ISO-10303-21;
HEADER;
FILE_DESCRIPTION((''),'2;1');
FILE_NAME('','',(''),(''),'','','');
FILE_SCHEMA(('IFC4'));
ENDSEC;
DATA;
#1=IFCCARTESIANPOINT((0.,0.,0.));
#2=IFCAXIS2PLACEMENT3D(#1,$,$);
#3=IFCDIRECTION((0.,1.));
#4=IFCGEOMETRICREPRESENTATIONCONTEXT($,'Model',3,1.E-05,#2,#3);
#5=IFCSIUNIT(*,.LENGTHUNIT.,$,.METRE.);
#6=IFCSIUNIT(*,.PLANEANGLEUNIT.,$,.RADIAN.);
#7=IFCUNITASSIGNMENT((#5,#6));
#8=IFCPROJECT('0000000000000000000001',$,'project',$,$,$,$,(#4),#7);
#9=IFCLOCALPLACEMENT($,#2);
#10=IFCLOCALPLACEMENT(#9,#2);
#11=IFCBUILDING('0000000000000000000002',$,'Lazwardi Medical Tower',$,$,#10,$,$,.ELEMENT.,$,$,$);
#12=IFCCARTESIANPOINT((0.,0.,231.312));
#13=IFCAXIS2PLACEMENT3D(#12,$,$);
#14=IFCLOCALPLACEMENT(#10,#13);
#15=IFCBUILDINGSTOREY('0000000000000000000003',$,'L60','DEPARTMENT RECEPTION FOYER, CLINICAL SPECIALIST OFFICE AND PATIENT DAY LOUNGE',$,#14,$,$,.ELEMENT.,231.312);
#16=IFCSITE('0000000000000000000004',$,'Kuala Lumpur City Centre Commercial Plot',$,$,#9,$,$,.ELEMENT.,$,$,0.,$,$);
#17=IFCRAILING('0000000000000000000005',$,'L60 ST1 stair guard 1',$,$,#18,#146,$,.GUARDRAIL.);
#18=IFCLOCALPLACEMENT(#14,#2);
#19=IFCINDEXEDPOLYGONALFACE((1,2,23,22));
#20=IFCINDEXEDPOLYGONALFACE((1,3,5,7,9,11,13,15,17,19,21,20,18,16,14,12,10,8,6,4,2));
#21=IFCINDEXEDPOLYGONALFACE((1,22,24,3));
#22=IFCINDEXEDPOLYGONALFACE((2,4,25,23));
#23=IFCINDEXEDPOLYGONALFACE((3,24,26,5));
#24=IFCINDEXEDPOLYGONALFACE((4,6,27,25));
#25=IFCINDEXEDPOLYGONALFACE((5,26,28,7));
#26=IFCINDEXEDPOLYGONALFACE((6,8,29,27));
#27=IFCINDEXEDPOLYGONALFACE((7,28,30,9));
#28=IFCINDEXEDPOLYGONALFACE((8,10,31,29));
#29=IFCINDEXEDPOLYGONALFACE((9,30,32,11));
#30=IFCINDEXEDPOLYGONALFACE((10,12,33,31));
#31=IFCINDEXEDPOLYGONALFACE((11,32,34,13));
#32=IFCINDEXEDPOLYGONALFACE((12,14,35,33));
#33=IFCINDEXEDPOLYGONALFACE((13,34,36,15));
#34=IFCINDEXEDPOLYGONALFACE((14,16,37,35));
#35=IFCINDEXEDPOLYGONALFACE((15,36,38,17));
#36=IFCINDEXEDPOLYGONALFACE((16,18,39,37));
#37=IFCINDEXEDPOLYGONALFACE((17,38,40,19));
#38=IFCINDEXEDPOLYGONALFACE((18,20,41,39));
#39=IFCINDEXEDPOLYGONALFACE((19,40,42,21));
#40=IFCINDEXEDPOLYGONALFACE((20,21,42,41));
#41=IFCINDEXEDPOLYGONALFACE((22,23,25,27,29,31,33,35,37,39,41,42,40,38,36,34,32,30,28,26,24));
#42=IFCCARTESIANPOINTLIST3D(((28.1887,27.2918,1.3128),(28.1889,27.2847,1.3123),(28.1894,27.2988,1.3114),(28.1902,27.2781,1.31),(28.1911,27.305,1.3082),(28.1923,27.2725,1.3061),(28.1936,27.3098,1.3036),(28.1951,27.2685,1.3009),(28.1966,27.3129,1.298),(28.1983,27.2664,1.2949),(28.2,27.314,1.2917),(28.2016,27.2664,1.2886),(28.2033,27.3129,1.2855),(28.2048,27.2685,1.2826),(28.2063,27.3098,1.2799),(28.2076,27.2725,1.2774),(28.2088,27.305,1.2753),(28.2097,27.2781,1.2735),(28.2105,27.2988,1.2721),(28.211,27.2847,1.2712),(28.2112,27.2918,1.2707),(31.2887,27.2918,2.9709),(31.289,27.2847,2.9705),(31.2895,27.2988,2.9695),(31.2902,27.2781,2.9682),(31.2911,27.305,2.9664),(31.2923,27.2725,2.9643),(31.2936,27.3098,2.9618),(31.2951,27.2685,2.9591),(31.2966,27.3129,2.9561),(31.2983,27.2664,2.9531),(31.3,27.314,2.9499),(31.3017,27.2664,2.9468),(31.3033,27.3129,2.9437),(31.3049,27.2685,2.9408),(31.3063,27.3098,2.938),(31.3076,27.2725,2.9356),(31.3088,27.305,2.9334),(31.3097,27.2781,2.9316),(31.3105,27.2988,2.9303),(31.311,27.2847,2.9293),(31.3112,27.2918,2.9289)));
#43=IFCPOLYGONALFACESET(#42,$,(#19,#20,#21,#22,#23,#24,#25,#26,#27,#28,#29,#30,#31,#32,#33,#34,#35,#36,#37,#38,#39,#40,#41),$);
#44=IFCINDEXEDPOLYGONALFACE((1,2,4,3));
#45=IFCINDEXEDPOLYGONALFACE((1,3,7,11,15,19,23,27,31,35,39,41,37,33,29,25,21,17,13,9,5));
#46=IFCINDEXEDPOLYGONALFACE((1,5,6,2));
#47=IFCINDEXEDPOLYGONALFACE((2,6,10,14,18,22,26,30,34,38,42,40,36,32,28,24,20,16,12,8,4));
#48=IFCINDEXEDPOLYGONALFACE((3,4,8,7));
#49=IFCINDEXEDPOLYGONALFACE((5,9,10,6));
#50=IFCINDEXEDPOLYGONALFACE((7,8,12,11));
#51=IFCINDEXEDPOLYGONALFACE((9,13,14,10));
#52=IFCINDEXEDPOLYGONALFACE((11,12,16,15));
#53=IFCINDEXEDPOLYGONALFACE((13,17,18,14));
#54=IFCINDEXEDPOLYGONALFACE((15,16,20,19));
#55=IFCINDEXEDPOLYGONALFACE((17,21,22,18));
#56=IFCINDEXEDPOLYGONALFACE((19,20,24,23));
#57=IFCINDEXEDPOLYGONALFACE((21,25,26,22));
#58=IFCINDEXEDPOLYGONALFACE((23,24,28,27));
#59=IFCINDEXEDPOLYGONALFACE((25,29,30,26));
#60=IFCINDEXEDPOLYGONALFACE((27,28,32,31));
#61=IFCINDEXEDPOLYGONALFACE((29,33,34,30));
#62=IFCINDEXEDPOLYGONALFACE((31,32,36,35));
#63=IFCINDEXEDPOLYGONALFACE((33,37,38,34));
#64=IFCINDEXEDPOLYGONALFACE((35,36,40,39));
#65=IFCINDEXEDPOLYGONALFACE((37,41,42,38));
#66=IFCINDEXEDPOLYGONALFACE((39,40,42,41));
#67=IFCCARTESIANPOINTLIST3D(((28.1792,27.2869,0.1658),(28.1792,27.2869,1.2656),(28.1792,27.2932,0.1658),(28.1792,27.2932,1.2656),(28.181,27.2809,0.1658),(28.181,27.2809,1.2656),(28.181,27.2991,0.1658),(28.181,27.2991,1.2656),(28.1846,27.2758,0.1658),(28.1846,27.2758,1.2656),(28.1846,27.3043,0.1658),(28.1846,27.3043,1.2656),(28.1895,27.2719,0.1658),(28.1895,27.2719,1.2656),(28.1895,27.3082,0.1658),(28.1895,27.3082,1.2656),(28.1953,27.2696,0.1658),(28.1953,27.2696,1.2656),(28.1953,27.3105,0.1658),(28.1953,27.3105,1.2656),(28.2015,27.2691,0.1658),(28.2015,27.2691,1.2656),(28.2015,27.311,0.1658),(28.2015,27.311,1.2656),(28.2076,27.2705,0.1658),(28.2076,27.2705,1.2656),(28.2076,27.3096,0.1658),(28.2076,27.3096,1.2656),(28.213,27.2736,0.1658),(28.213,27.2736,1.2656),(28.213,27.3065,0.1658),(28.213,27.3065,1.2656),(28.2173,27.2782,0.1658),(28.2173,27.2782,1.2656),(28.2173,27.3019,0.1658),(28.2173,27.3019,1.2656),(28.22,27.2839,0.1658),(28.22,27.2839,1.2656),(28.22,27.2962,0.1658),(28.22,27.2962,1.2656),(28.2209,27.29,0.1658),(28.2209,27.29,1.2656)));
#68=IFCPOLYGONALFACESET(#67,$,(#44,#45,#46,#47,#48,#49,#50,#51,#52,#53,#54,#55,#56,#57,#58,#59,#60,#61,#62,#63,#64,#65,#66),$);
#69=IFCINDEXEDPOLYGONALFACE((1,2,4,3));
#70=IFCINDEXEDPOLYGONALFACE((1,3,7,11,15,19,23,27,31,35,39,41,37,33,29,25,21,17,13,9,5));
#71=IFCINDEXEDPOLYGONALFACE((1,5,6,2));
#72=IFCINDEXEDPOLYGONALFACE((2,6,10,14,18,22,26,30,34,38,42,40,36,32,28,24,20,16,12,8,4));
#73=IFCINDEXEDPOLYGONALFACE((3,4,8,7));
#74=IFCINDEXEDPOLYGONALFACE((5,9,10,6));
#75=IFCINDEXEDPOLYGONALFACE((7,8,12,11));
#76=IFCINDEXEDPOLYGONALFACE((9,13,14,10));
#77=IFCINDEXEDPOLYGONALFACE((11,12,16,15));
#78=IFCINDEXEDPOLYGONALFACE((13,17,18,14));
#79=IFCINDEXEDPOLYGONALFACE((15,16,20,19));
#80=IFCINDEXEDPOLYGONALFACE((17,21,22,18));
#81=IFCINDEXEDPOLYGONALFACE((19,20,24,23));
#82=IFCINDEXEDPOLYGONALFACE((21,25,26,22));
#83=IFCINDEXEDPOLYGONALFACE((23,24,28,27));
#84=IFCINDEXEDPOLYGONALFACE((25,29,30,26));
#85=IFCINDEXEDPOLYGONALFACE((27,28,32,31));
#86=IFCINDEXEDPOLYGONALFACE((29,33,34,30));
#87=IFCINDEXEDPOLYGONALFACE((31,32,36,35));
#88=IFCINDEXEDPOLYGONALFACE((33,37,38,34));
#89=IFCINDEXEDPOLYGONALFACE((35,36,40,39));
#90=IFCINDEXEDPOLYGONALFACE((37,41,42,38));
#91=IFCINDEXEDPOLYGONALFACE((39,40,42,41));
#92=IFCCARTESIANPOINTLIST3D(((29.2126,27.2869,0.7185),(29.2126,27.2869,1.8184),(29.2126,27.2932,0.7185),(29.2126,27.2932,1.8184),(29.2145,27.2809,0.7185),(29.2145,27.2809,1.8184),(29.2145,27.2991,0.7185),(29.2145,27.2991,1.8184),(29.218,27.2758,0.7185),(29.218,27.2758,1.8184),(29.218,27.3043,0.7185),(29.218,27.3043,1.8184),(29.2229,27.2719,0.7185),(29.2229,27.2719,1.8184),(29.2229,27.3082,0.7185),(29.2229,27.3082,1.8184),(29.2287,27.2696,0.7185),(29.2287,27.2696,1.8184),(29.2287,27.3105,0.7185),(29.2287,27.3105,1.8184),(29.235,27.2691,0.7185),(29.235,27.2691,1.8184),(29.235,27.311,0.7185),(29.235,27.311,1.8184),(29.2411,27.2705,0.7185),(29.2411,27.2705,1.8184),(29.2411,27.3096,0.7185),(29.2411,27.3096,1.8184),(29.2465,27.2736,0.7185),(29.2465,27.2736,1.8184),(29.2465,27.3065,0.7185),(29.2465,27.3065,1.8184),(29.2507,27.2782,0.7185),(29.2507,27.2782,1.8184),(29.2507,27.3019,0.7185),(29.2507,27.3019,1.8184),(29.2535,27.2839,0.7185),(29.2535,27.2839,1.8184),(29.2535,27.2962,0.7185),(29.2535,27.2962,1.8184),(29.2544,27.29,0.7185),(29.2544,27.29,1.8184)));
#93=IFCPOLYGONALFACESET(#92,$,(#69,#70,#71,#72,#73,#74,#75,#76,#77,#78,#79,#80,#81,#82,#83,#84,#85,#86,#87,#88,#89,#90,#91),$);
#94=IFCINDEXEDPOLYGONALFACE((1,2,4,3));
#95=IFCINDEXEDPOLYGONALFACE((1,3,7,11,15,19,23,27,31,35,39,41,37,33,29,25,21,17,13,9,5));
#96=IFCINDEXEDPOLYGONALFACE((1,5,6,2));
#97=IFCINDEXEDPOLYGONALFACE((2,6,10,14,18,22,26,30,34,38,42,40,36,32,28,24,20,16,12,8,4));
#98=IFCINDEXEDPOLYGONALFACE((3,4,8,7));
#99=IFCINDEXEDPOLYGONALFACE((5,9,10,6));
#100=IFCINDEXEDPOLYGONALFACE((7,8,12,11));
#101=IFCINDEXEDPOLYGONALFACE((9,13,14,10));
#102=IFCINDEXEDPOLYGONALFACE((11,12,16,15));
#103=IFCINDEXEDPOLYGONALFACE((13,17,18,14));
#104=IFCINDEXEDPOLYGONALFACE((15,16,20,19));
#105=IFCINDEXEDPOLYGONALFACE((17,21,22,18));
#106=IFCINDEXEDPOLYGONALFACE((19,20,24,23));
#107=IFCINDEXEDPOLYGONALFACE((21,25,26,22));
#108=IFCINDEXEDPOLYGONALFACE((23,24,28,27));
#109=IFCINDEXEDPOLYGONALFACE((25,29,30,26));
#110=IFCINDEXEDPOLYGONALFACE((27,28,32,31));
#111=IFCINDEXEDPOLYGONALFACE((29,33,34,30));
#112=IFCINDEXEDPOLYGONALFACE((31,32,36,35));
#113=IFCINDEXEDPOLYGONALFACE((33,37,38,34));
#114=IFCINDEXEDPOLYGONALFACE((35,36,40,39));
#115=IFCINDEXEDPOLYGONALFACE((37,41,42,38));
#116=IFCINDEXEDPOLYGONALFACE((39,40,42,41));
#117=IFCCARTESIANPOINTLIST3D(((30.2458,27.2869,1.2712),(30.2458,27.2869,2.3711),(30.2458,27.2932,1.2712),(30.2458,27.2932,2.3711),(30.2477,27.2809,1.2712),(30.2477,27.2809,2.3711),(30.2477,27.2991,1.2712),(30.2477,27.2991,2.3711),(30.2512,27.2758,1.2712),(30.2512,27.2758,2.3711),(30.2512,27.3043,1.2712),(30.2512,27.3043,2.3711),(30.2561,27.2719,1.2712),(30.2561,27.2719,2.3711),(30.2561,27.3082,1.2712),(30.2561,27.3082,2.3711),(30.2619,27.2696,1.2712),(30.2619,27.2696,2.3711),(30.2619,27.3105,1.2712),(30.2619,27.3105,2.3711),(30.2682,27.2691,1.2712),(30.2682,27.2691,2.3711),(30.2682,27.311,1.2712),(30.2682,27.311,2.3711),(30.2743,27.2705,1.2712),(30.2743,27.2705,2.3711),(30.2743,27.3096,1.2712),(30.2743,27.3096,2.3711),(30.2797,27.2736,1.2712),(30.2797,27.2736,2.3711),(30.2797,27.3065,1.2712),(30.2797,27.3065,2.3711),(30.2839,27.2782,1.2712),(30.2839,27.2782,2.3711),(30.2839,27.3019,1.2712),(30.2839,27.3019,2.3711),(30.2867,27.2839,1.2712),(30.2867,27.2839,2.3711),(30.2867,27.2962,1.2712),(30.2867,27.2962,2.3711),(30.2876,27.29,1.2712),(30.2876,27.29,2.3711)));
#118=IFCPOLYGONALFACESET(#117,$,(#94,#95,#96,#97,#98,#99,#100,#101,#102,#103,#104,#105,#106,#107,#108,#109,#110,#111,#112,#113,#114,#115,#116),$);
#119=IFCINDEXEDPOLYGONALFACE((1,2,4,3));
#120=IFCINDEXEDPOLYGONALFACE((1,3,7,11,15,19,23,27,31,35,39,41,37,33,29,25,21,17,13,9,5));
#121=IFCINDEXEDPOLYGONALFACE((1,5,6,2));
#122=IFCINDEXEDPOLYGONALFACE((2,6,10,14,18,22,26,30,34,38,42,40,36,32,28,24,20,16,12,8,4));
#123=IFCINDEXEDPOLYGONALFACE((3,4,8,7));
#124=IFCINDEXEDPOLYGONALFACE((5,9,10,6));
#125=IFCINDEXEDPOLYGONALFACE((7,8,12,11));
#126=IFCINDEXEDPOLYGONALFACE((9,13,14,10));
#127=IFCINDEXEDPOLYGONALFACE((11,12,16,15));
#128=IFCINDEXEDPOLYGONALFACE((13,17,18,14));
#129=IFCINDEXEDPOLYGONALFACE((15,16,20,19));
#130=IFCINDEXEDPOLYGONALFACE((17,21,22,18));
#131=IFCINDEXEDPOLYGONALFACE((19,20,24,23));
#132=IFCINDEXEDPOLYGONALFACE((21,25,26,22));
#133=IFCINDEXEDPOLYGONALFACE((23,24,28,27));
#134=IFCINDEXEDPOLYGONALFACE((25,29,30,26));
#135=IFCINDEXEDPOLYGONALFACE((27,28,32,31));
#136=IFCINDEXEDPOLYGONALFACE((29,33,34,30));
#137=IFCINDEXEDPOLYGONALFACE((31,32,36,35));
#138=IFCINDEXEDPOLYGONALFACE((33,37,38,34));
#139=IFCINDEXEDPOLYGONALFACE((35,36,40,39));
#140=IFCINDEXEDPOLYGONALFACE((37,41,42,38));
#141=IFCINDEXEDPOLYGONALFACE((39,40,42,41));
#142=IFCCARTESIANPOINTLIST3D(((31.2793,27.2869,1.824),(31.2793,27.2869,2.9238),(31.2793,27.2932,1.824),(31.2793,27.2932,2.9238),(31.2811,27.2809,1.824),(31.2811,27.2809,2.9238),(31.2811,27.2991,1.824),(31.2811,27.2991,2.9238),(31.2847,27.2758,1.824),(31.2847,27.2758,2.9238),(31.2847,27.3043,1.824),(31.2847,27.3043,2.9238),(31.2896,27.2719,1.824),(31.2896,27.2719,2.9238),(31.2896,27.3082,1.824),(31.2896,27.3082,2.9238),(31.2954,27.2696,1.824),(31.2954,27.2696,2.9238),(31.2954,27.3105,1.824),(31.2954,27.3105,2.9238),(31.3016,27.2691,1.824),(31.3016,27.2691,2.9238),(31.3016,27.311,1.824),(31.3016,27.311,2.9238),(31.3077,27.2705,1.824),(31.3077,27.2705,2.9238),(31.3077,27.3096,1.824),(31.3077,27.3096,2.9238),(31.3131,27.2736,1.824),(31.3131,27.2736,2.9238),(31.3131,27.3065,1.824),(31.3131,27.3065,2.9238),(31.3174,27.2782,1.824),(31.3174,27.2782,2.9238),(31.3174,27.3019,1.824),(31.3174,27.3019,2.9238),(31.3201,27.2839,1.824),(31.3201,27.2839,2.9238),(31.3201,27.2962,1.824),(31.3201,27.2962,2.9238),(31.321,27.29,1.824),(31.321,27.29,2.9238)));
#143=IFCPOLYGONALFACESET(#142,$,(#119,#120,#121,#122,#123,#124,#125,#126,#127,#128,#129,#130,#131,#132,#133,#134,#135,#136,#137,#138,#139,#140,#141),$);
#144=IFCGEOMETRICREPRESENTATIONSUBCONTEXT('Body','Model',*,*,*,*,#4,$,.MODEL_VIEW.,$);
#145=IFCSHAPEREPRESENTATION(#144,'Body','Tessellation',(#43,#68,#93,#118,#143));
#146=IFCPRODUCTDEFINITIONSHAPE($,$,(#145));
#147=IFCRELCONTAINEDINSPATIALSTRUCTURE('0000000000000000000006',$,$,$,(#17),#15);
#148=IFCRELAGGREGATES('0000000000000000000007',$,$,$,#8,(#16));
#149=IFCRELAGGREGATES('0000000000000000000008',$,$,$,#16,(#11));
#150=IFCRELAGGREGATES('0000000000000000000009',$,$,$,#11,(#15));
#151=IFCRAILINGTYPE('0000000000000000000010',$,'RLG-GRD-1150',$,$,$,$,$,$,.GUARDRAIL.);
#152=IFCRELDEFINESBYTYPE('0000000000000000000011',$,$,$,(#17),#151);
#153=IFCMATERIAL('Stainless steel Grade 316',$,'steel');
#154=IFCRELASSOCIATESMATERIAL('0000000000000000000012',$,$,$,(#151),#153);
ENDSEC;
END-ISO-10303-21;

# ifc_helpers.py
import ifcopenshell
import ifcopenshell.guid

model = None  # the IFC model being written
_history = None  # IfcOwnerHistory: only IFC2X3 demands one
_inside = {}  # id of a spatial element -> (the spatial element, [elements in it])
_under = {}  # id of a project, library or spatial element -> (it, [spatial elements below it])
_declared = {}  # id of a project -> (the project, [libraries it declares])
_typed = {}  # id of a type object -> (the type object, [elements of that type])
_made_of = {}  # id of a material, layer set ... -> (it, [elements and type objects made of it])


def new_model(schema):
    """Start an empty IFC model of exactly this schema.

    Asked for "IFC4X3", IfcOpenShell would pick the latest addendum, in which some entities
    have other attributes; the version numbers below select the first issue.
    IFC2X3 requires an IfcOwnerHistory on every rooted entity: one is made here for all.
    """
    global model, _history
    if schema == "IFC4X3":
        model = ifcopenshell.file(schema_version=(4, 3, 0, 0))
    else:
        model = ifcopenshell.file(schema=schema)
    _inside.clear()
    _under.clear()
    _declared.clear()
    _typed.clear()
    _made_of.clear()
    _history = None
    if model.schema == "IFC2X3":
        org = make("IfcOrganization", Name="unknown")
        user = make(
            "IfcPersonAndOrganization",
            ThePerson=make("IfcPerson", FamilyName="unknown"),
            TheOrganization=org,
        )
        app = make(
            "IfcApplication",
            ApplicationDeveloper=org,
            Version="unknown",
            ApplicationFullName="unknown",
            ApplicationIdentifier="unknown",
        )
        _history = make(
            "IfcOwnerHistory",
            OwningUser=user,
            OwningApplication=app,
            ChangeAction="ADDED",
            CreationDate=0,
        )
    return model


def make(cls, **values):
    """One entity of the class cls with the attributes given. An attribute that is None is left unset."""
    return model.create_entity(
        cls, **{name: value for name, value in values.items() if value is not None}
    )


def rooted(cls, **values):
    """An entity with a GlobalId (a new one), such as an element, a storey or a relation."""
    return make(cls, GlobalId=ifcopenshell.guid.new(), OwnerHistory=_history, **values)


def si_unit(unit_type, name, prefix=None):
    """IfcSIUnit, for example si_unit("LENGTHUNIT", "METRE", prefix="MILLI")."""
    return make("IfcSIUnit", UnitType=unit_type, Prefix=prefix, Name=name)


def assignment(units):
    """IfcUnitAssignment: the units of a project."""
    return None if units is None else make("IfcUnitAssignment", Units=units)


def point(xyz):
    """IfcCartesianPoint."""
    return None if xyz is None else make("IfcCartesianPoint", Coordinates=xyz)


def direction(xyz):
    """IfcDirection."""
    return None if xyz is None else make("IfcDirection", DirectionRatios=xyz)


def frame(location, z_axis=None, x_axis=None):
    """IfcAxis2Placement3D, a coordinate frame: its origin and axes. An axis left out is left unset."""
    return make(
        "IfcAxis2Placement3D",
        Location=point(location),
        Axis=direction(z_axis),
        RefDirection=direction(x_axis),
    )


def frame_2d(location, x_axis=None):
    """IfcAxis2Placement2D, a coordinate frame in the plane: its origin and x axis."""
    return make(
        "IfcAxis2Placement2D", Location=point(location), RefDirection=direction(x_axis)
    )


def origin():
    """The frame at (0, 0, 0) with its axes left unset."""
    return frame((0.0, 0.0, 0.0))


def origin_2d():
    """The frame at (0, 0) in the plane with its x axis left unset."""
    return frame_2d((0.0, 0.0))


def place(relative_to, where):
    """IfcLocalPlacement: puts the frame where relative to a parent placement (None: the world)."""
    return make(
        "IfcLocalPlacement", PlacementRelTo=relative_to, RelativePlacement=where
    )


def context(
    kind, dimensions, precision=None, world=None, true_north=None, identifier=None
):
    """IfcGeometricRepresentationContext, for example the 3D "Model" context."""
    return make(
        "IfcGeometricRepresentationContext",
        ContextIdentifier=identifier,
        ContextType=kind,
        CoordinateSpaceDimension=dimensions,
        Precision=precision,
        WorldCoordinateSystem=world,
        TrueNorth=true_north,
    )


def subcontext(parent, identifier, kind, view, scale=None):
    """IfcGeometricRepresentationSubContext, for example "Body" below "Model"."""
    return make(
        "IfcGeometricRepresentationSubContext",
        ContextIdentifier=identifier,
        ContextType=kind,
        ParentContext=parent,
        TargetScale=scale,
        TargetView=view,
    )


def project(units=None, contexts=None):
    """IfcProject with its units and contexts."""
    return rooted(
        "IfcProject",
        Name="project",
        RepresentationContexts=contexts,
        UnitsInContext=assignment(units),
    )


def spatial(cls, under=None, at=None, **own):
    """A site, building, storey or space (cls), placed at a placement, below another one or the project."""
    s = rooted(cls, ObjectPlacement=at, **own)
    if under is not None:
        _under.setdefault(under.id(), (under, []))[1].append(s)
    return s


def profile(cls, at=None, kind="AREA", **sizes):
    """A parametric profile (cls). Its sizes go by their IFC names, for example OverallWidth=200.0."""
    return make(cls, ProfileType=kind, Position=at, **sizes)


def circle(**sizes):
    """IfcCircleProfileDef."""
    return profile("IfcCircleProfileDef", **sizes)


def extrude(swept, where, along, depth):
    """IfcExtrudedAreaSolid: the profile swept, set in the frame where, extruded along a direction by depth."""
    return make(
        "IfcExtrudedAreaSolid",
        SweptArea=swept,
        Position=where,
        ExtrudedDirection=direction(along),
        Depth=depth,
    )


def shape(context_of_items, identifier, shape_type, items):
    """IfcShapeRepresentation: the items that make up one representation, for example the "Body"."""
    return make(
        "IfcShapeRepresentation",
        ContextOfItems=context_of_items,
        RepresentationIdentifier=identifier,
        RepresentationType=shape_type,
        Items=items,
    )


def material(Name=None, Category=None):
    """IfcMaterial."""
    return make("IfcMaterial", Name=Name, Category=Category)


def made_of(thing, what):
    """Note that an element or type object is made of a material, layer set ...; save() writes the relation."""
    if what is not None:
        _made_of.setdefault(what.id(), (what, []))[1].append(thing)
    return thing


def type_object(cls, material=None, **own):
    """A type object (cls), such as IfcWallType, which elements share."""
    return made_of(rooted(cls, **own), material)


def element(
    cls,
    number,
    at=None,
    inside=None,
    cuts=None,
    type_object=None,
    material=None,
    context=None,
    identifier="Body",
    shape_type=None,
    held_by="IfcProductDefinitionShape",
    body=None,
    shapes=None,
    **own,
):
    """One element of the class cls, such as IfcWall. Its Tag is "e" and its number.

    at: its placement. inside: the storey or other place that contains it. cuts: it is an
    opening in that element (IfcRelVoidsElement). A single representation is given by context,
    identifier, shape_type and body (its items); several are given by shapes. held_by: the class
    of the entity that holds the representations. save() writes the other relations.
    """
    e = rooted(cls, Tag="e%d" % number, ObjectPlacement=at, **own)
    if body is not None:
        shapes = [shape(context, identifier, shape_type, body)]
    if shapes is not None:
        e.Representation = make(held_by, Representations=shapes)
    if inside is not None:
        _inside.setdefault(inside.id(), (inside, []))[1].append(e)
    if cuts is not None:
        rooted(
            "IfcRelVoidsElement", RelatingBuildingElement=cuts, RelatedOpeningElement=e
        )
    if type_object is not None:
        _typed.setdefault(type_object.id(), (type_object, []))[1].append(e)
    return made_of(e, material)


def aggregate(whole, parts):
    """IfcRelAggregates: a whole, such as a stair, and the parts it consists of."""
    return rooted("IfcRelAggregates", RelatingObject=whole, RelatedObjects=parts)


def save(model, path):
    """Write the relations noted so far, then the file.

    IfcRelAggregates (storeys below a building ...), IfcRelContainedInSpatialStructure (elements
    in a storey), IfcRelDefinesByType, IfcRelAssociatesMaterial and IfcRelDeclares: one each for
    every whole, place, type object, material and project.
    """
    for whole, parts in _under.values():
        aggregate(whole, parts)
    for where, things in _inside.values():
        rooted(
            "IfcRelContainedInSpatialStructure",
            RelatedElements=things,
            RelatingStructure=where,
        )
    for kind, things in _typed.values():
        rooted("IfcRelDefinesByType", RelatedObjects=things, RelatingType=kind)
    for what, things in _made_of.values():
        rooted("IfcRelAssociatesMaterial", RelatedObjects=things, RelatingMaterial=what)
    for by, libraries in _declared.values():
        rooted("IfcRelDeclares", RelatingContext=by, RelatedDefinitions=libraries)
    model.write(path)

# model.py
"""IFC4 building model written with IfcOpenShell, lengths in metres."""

from ifc_helpers import new_model, si_unit, direction, frame, origin, origin_2d, place, context, subcontext, project, spatial, circle, extrude, material, type_object, element, save


model = new_model("IFC4")

# Units and contexts
model_context = context("Model", 3, precision=1e-05, world=origin(), true_north=direction((0.0, 1.0)))
body_context = subcontext(model_context, "Body", "Model", "MODEL_VIEW")
ifc_project = project(units=[si_unit("LENGTHUNIT", "METRE"), si_unit("PLANEANGLEUNIT", "RADIAN")], contexts=[model_context])

# Site, building, storey
site_placement = place(None, origin())
site = spatial("IfcSite", under=ifc_project, at=site_placement, Name="Kuala Lumpur City Centre Commercial Plot", CompositionType="ELEMENT", RefElevation=0.0)
building_placement = place(site_placement, origin())
building = spatial("IfcBuilding", under=site, at=building_placement, Name="Lazwardi Medical Tower", CompositionType="ELEMENT")
storey_placement = place(building_placement, frame((0.0, 0.0, 231.312)))
storey = spatial("IfcBuildingStorey", under=building, at=storey_placement, Name="L60", Description="DEPARTMENT RECEPTION FOYER, CLINICAL SPECIALIST OFFICE AND PATIENT DAY LOUNGE", CompositionType="ELEMENT", Elevation=231.312)

# Railing
ifc_material_1 = material(Name="Stainless steel Grade 316", Category="steel")
railing_type_1 = type_object("IfcRailingType", Name="RLG-GRD-1150", PredefinedType="GUARDRAIL", material=ifc_material_1)
railing_1_placement = place(storey_placement, frame((28.2, 27.29, 0.1658)))
element("IfcRailing", 1, at=railing_1_placement, inside=storey, type_object=railing_type_1, Name="L60 ST1 stair guard 1", PredefinedType="GUARDRAIL", context=body_context, shape_type="SweptSolid", body=[
    extrude(circle(Radius=0.0239, at=origin_2d()), frame((0.0, 0.0, 1.126), z_axis=(0.881783, 0.0, 0.471655), x_axis=(0.0, 1.0, 0.0)), (0.0, 0.0, 1.0), 3.5156),
    extrude(circle(Radius=0.021, at=origin_2d()), origin(), (0.0, 0.0, 1.0), 1.0999),
    extrude(circle(Radius=0.021, at=origin_2d()), frame((1.0334, 0.0, 0.5527)), (0.0, 0.0, 1.0), 1.0999),
    extrude(circle(Radius=0.021, at=origin_2d()), frame((2.0667, 0.0, 1.1055)), (0.0, 0.0, 1.0), 1.0999),
    extrude(circle(Radius=0.021, at=origin_2d()), frame((3.1001, 0.0, 1.6582)), (0.0, 0.0, 1.0), 1.0999),
])

save(model, "model.ifc")
